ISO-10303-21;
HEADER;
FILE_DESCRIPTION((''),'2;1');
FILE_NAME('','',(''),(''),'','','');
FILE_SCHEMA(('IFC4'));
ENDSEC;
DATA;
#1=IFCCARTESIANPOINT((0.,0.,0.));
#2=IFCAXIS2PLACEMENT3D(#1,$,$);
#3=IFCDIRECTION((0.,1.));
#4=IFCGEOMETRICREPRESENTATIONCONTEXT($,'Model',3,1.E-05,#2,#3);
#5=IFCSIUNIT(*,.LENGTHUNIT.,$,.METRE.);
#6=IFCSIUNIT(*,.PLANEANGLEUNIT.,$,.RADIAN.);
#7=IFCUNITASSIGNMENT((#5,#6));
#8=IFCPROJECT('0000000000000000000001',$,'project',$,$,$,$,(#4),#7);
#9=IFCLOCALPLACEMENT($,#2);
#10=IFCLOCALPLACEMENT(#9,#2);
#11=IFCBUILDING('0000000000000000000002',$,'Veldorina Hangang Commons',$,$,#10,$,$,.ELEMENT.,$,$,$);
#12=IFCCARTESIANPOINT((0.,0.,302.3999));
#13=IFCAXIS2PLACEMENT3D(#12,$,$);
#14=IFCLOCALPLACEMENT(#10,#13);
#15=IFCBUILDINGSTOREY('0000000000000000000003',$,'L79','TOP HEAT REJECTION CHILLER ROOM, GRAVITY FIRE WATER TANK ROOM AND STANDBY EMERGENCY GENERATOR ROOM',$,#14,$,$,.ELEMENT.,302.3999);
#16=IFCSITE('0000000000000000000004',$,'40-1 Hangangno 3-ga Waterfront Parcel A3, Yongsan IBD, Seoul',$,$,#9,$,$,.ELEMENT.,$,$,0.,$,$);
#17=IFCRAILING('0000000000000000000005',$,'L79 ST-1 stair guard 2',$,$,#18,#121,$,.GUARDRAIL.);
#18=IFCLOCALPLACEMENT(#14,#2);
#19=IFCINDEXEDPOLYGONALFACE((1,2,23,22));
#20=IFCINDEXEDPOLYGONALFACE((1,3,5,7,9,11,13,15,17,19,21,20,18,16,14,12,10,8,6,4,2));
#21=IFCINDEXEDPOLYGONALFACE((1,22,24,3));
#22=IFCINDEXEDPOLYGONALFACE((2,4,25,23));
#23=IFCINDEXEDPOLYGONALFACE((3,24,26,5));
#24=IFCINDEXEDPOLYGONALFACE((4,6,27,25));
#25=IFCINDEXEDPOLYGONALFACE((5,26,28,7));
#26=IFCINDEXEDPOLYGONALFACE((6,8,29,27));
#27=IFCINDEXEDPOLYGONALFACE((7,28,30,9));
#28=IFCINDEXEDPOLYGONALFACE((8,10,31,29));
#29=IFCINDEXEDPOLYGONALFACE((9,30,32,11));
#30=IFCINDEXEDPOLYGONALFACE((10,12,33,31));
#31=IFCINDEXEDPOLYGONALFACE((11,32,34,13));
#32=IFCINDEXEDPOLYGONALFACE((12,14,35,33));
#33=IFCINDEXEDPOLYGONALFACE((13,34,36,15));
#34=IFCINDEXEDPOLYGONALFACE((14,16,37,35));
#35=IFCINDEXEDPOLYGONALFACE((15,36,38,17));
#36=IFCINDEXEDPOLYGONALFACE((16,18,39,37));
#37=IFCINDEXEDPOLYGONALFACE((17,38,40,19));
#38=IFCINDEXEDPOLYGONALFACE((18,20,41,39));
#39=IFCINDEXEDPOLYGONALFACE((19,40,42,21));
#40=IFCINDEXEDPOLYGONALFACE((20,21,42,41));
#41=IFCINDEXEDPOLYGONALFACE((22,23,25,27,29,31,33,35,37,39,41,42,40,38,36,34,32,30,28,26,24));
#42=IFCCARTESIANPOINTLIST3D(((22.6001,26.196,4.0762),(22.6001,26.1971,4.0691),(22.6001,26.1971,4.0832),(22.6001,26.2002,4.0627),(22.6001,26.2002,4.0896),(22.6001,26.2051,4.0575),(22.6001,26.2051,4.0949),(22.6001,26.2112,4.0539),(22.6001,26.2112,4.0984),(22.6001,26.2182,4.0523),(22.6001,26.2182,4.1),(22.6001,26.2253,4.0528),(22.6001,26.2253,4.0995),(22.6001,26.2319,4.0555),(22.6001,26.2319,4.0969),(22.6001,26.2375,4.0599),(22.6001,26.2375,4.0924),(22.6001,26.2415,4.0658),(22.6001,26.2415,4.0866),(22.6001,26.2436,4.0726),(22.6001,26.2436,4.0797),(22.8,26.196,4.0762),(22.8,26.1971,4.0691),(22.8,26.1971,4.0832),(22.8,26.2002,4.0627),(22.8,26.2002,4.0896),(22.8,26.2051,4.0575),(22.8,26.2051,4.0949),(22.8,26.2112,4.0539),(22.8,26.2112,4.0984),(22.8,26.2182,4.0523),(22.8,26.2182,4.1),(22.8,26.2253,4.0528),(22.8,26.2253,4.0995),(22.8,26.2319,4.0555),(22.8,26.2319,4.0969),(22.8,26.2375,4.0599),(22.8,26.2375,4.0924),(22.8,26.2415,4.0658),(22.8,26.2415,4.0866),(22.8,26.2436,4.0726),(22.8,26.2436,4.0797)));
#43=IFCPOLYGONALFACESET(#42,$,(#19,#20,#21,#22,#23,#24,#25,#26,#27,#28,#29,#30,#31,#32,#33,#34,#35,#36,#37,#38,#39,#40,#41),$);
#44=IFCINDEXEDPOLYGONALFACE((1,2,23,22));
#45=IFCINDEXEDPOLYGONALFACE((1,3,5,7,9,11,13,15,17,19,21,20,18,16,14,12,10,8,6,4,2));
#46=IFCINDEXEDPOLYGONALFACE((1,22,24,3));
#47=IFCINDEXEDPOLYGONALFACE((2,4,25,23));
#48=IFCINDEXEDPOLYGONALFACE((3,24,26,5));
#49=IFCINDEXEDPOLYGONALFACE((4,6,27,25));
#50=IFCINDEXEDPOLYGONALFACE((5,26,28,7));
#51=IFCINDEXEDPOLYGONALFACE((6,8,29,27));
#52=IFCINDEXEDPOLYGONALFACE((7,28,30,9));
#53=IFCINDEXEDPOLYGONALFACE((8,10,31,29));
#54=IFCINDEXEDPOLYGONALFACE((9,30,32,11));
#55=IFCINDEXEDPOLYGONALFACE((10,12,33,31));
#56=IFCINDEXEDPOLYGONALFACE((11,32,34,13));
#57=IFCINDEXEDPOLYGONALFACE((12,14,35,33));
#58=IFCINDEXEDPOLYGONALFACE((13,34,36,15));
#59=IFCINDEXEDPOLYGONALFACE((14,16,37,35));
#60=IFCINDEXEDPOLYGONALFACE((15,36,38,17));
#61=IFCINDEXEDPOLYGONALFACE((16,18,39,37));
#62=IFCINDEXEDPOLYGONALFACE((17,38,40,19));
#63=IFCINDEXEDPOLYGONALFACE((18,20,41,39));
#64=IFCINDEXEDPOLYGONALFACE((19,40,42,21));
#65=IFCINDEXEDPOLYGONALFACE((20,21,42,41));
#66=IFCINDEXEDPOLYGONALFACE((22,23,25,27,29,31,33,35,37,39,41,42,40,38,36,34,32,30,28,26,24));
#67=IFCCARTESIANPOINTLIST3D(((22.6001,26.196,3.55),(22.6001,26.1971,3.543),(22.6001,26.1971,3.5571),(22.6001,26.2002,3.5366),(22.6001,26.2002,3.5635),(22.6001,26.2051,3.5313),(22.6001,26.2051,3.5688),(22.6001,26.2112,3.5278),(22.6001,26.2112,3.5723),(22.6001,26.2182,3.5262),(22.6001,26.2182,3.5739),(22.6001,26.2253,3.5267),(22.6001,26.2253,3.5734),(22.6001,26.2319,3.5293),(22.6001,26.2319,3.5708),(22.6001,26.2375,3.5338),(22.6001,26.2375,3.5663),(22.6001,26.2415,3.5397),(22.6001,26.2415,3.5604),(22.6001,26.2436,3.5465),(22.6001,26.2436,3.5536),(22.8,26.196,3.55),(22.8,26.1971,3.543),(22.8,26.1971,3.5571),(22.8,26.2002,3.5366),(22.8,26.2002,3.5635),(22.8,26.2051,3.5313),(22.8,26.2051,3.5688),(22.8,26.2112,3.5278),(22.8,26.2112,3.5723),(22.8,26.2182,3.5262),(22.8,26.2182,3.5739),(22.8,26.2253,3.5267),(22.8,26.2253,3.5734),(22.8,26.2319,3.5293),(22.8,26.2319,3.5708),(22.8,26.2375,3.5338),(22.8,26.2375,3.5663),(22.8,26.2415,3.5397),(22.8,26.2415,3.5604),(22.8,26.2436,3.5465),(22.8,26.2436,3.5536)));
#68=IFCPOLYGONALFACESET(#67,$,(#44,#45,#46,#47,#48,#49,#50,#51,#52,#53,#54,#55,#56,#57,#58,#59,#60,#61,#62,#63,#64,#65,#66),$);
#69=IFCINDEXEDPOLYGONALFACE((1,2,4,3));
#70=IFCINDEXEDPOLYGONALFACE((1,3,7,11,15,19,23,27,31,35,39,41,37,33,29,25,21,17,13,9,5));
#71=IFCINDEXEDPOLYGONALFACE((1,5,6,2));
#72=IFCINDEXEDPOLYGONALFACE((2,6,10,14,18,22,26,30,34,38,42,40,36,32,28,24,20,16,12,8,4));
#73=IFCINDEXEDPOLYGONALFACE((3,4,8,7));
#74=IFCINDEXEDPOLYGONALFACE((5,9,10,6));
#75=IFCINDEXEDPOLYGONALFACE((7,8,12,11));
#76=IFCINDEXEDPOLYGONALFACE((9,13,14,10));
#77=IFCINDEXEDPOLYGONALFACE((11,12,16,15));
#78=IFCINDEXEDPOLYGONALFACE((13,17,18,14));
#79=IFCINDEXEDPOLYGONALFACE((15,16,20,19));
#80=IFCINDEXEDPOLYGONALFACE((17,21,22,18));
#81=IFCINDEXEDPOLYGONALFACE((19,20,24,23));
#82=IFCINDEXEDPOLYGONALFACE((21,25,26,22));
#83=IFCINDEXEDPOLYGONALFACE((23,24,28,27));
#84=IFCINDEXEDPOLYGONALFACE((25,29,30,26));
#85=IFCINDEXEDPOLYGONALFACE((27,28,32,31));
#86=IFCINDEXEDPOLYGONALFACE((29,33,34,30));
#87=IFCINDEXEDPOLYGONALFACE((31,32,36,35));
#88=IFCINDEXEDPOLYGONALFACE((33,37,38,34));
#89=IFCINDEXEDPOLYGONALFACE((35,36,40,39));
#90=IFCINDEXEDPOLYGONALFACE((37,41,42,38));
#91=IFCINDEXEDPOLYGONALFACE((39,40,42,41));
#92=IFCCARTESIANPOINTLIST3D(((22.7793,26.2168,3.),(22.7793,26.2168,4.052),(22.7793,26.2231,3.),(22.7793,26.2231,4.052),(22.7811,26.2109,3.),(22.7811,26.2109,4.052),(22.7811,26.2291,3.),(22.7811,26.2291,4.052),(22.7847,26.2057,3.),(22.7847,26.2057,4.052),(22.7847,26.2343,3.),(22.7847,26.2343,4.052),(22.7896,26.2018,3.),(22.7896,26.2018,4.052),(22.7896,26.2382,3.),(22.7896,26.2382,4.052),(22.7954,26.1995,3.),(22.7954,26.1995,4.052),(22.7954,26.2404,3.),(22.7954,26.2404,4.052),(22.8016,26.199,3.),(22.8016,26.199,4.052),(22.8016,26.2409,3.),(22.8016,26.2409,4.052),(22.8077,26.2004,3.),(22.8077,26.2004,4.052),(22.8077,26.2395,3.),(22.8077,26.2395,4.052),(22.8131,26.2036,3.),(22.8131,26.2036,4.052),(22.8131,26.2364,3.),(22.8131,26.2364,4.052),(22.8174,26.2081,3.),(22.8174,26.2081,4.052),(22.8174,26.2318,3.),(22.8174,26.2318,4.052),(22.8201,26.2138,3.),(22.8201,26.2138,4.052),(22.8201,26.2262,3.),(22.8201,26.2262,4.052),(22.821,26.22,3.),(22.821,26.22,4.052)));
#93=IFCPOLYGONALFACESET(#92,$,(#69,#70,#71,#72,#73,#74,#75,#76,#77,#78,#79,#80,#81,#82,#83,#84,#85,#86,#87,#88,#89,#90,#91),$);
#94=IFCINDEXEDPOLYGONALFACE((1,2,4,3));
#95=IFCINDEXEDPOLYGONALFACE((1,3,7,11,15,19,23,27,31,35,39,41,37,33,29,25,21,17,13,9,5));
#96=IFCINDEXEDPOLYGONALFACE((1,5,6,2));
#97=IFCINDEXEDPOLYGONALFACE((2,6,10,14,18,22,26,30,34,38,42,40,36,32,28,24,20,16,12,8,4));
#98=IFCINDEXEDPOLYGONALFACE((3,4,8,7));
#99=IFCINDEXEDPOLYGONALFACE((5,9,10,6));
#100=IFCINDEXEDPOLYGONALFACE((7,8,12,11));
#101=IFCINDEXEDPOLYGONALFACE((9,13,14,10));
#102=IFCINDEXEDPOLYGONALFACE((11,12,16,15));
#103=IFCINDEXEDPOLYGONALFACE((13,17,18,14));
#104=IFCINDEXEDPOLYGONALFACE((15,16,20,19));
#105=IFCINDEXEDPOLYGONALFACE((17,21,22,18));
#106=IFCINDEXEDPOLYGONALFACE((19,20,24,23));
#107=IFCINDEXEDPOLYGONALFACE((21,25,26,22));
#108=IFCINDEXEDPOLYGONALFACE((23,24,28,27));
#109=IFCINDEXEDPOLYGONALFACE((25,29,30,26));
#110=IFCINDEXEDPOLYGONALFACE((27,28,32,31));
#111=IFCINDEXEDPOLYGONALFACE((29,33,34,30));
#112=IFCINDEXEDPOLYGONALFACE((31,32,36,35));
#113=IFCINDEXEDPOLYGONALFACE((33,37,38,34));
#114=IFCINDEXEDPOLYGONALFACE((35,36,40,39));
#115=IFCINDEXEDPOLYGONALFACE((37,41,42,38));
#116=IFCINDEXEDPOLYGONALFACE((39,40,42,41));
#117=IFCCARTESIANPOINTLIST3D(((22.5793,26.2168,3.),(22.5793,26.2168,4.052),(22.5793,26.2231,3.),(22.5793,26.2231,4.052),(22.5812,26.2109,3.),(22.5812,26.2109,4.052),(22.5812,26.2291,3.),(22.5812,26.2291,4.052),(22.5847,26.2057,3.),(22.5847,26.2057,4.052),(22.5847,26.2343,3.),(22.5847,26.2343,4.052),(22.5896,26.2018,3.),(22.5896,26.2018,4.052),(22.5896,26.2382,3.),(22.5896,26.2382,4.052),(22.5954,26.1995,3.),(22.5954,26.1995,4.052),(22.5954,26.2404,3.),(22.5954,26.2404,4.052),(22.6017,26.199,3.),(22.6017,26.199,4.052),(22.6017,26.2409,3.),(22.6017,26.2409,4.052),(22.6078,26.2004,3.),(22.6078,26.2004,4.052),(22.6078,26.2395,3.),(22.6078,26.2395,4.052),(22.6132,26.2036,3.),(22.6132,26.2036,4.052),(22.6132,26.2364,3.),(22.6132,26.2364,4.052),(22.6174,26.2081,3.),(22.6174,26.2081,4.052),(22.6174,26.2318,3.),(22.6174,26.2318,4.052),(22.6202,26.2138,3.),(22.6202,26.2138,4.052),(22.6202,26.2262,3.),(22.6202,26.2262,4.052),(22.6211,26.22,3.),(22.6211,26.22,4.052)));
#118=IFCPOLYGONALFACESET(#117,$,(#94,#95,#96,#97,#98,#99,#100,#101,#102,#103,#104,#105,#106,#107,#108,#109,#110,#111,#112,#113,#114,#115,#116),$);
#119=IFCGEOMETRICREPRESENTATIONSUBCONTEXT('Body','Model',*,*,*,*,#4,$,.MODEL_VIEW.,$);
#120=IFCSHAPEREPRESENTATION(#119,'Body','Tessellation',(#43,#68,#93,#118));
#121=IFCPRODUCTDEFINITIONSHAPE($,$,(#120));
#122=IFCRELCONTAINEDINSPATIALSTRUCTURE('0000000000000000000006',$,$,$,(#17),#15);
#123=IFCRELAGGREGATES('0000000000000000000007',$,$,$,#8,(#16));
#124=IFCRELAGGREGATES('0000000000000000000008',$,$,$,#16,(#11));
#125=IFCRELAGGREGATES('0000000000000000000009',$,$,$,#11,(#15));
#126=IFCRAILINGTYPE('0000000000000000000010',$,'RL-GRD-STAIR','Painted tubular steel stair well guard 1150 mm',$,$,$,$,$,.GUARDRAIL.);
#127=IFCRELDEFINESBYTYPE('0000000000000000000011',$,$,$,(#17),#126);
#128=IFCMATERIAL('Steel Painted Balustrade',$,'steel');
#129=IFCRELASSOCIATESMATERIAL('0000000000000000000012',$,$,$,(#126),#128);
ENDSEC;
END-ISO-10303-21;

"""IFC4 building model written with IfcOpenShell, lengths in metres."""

from ifc_helpers import new_model, si_unit, direction, frame, origin, origin_2d, place, context, subcontext, project, spatial, circle, extrude, material, type_object, element, save


model = new_model("IFC4")

# Units and contexts
model_context = context("Model", 3, precision=1e-05, world=origin(), true_north=direction((0.0, 1.0)))
body_context = subcontext(model_context, "Body", "Model", "MODEL_VIEW")
ifc_project = project(units=[si_unit("LENGTHUNIT", "METRE"), si_unit("PLANEANGLEUNIT", "RADIAN")], contexts=[model_context])

# Site, building, storey
site_placement = place(None, origin())
site = spatial("IfcSite", under=ifc_project, at=site_placement, Name="40-1 Hangangno 3-ga Waterfront Parcel A3, Yongsan IBD, Seoul", CompositionType="ELEMENT", RefElevation=0.0)
building_placement = place(site_placement, origin())
building = spatial("IfcBuilding", under=site, at=building_placement, Name="Veldorina Hangang Commons", CompositionType="ELEMENT")
storey_placement = place(building_placement, frame((0.0, 0.0, 302.3999)))
storey = spatial("IfcBuildingStorey", under=building, at=storey_placement, Name="L79", Description="TOP HEAT REJECTION CHILLER ROOM, GRAVITY FIRE WATER TANK ROOM AND STANDBY EMERGENCY GENERATOR ROOM", CompositionType="ELEMENT", Elevation=302.3999)

# Railing
ifc_material_1 = material(Name="Steel Painted Balustrade", Category="steel")
railing_type = type_object("IfcRailingType", Name="RL-GRD-STAIR", Description="Painted tubular steel stair well guard 1150 mm", PredefinedType="GUARDRAIL", material=ifc_material_1)
railing_1_placement = place(storey_placement, frame((22.8, 26.22, 3.0)))
element("IfcRailing", 1, at=railing_1_placement, inside=storey, type_object=railing_type, Name="L79 ST-1 stair guard 2", PredefinedType="GUARDRAIL", context=body_context, shape_type="SweptSolid", body=[
    extrude(circle(Radius=0.0239, at=origin_2d()), frame((0.0, 0.0, 1.0762), z_axis=(-1.0, 0.0, 0.0), x_axis=(0.0, -1.0, 0.0)), (0.0, 0.0, 1.0), 0.2),
    extrude(circle(Radius=0.0239, at=origin_2d()), frame((0.0, 0.0, 0.55), z_axis=(-1.0, 0.0, 0.0), x_axis=(0.0, -1.0, 0.0)), (0.0, 0.0, 1.0), 0.2),
    extrude(circle(Radius=0.021, at=origin_2d()), origin(), (0.0, 0.0, 1.0), 1.052),
    extrude(circle(Radius=0.021, at=origin_2d()), frame((-0.2, 0.0, 0.0)), (0.0, 0.0, 1.0), 1.052),
])

save(model, "model.ifc")
